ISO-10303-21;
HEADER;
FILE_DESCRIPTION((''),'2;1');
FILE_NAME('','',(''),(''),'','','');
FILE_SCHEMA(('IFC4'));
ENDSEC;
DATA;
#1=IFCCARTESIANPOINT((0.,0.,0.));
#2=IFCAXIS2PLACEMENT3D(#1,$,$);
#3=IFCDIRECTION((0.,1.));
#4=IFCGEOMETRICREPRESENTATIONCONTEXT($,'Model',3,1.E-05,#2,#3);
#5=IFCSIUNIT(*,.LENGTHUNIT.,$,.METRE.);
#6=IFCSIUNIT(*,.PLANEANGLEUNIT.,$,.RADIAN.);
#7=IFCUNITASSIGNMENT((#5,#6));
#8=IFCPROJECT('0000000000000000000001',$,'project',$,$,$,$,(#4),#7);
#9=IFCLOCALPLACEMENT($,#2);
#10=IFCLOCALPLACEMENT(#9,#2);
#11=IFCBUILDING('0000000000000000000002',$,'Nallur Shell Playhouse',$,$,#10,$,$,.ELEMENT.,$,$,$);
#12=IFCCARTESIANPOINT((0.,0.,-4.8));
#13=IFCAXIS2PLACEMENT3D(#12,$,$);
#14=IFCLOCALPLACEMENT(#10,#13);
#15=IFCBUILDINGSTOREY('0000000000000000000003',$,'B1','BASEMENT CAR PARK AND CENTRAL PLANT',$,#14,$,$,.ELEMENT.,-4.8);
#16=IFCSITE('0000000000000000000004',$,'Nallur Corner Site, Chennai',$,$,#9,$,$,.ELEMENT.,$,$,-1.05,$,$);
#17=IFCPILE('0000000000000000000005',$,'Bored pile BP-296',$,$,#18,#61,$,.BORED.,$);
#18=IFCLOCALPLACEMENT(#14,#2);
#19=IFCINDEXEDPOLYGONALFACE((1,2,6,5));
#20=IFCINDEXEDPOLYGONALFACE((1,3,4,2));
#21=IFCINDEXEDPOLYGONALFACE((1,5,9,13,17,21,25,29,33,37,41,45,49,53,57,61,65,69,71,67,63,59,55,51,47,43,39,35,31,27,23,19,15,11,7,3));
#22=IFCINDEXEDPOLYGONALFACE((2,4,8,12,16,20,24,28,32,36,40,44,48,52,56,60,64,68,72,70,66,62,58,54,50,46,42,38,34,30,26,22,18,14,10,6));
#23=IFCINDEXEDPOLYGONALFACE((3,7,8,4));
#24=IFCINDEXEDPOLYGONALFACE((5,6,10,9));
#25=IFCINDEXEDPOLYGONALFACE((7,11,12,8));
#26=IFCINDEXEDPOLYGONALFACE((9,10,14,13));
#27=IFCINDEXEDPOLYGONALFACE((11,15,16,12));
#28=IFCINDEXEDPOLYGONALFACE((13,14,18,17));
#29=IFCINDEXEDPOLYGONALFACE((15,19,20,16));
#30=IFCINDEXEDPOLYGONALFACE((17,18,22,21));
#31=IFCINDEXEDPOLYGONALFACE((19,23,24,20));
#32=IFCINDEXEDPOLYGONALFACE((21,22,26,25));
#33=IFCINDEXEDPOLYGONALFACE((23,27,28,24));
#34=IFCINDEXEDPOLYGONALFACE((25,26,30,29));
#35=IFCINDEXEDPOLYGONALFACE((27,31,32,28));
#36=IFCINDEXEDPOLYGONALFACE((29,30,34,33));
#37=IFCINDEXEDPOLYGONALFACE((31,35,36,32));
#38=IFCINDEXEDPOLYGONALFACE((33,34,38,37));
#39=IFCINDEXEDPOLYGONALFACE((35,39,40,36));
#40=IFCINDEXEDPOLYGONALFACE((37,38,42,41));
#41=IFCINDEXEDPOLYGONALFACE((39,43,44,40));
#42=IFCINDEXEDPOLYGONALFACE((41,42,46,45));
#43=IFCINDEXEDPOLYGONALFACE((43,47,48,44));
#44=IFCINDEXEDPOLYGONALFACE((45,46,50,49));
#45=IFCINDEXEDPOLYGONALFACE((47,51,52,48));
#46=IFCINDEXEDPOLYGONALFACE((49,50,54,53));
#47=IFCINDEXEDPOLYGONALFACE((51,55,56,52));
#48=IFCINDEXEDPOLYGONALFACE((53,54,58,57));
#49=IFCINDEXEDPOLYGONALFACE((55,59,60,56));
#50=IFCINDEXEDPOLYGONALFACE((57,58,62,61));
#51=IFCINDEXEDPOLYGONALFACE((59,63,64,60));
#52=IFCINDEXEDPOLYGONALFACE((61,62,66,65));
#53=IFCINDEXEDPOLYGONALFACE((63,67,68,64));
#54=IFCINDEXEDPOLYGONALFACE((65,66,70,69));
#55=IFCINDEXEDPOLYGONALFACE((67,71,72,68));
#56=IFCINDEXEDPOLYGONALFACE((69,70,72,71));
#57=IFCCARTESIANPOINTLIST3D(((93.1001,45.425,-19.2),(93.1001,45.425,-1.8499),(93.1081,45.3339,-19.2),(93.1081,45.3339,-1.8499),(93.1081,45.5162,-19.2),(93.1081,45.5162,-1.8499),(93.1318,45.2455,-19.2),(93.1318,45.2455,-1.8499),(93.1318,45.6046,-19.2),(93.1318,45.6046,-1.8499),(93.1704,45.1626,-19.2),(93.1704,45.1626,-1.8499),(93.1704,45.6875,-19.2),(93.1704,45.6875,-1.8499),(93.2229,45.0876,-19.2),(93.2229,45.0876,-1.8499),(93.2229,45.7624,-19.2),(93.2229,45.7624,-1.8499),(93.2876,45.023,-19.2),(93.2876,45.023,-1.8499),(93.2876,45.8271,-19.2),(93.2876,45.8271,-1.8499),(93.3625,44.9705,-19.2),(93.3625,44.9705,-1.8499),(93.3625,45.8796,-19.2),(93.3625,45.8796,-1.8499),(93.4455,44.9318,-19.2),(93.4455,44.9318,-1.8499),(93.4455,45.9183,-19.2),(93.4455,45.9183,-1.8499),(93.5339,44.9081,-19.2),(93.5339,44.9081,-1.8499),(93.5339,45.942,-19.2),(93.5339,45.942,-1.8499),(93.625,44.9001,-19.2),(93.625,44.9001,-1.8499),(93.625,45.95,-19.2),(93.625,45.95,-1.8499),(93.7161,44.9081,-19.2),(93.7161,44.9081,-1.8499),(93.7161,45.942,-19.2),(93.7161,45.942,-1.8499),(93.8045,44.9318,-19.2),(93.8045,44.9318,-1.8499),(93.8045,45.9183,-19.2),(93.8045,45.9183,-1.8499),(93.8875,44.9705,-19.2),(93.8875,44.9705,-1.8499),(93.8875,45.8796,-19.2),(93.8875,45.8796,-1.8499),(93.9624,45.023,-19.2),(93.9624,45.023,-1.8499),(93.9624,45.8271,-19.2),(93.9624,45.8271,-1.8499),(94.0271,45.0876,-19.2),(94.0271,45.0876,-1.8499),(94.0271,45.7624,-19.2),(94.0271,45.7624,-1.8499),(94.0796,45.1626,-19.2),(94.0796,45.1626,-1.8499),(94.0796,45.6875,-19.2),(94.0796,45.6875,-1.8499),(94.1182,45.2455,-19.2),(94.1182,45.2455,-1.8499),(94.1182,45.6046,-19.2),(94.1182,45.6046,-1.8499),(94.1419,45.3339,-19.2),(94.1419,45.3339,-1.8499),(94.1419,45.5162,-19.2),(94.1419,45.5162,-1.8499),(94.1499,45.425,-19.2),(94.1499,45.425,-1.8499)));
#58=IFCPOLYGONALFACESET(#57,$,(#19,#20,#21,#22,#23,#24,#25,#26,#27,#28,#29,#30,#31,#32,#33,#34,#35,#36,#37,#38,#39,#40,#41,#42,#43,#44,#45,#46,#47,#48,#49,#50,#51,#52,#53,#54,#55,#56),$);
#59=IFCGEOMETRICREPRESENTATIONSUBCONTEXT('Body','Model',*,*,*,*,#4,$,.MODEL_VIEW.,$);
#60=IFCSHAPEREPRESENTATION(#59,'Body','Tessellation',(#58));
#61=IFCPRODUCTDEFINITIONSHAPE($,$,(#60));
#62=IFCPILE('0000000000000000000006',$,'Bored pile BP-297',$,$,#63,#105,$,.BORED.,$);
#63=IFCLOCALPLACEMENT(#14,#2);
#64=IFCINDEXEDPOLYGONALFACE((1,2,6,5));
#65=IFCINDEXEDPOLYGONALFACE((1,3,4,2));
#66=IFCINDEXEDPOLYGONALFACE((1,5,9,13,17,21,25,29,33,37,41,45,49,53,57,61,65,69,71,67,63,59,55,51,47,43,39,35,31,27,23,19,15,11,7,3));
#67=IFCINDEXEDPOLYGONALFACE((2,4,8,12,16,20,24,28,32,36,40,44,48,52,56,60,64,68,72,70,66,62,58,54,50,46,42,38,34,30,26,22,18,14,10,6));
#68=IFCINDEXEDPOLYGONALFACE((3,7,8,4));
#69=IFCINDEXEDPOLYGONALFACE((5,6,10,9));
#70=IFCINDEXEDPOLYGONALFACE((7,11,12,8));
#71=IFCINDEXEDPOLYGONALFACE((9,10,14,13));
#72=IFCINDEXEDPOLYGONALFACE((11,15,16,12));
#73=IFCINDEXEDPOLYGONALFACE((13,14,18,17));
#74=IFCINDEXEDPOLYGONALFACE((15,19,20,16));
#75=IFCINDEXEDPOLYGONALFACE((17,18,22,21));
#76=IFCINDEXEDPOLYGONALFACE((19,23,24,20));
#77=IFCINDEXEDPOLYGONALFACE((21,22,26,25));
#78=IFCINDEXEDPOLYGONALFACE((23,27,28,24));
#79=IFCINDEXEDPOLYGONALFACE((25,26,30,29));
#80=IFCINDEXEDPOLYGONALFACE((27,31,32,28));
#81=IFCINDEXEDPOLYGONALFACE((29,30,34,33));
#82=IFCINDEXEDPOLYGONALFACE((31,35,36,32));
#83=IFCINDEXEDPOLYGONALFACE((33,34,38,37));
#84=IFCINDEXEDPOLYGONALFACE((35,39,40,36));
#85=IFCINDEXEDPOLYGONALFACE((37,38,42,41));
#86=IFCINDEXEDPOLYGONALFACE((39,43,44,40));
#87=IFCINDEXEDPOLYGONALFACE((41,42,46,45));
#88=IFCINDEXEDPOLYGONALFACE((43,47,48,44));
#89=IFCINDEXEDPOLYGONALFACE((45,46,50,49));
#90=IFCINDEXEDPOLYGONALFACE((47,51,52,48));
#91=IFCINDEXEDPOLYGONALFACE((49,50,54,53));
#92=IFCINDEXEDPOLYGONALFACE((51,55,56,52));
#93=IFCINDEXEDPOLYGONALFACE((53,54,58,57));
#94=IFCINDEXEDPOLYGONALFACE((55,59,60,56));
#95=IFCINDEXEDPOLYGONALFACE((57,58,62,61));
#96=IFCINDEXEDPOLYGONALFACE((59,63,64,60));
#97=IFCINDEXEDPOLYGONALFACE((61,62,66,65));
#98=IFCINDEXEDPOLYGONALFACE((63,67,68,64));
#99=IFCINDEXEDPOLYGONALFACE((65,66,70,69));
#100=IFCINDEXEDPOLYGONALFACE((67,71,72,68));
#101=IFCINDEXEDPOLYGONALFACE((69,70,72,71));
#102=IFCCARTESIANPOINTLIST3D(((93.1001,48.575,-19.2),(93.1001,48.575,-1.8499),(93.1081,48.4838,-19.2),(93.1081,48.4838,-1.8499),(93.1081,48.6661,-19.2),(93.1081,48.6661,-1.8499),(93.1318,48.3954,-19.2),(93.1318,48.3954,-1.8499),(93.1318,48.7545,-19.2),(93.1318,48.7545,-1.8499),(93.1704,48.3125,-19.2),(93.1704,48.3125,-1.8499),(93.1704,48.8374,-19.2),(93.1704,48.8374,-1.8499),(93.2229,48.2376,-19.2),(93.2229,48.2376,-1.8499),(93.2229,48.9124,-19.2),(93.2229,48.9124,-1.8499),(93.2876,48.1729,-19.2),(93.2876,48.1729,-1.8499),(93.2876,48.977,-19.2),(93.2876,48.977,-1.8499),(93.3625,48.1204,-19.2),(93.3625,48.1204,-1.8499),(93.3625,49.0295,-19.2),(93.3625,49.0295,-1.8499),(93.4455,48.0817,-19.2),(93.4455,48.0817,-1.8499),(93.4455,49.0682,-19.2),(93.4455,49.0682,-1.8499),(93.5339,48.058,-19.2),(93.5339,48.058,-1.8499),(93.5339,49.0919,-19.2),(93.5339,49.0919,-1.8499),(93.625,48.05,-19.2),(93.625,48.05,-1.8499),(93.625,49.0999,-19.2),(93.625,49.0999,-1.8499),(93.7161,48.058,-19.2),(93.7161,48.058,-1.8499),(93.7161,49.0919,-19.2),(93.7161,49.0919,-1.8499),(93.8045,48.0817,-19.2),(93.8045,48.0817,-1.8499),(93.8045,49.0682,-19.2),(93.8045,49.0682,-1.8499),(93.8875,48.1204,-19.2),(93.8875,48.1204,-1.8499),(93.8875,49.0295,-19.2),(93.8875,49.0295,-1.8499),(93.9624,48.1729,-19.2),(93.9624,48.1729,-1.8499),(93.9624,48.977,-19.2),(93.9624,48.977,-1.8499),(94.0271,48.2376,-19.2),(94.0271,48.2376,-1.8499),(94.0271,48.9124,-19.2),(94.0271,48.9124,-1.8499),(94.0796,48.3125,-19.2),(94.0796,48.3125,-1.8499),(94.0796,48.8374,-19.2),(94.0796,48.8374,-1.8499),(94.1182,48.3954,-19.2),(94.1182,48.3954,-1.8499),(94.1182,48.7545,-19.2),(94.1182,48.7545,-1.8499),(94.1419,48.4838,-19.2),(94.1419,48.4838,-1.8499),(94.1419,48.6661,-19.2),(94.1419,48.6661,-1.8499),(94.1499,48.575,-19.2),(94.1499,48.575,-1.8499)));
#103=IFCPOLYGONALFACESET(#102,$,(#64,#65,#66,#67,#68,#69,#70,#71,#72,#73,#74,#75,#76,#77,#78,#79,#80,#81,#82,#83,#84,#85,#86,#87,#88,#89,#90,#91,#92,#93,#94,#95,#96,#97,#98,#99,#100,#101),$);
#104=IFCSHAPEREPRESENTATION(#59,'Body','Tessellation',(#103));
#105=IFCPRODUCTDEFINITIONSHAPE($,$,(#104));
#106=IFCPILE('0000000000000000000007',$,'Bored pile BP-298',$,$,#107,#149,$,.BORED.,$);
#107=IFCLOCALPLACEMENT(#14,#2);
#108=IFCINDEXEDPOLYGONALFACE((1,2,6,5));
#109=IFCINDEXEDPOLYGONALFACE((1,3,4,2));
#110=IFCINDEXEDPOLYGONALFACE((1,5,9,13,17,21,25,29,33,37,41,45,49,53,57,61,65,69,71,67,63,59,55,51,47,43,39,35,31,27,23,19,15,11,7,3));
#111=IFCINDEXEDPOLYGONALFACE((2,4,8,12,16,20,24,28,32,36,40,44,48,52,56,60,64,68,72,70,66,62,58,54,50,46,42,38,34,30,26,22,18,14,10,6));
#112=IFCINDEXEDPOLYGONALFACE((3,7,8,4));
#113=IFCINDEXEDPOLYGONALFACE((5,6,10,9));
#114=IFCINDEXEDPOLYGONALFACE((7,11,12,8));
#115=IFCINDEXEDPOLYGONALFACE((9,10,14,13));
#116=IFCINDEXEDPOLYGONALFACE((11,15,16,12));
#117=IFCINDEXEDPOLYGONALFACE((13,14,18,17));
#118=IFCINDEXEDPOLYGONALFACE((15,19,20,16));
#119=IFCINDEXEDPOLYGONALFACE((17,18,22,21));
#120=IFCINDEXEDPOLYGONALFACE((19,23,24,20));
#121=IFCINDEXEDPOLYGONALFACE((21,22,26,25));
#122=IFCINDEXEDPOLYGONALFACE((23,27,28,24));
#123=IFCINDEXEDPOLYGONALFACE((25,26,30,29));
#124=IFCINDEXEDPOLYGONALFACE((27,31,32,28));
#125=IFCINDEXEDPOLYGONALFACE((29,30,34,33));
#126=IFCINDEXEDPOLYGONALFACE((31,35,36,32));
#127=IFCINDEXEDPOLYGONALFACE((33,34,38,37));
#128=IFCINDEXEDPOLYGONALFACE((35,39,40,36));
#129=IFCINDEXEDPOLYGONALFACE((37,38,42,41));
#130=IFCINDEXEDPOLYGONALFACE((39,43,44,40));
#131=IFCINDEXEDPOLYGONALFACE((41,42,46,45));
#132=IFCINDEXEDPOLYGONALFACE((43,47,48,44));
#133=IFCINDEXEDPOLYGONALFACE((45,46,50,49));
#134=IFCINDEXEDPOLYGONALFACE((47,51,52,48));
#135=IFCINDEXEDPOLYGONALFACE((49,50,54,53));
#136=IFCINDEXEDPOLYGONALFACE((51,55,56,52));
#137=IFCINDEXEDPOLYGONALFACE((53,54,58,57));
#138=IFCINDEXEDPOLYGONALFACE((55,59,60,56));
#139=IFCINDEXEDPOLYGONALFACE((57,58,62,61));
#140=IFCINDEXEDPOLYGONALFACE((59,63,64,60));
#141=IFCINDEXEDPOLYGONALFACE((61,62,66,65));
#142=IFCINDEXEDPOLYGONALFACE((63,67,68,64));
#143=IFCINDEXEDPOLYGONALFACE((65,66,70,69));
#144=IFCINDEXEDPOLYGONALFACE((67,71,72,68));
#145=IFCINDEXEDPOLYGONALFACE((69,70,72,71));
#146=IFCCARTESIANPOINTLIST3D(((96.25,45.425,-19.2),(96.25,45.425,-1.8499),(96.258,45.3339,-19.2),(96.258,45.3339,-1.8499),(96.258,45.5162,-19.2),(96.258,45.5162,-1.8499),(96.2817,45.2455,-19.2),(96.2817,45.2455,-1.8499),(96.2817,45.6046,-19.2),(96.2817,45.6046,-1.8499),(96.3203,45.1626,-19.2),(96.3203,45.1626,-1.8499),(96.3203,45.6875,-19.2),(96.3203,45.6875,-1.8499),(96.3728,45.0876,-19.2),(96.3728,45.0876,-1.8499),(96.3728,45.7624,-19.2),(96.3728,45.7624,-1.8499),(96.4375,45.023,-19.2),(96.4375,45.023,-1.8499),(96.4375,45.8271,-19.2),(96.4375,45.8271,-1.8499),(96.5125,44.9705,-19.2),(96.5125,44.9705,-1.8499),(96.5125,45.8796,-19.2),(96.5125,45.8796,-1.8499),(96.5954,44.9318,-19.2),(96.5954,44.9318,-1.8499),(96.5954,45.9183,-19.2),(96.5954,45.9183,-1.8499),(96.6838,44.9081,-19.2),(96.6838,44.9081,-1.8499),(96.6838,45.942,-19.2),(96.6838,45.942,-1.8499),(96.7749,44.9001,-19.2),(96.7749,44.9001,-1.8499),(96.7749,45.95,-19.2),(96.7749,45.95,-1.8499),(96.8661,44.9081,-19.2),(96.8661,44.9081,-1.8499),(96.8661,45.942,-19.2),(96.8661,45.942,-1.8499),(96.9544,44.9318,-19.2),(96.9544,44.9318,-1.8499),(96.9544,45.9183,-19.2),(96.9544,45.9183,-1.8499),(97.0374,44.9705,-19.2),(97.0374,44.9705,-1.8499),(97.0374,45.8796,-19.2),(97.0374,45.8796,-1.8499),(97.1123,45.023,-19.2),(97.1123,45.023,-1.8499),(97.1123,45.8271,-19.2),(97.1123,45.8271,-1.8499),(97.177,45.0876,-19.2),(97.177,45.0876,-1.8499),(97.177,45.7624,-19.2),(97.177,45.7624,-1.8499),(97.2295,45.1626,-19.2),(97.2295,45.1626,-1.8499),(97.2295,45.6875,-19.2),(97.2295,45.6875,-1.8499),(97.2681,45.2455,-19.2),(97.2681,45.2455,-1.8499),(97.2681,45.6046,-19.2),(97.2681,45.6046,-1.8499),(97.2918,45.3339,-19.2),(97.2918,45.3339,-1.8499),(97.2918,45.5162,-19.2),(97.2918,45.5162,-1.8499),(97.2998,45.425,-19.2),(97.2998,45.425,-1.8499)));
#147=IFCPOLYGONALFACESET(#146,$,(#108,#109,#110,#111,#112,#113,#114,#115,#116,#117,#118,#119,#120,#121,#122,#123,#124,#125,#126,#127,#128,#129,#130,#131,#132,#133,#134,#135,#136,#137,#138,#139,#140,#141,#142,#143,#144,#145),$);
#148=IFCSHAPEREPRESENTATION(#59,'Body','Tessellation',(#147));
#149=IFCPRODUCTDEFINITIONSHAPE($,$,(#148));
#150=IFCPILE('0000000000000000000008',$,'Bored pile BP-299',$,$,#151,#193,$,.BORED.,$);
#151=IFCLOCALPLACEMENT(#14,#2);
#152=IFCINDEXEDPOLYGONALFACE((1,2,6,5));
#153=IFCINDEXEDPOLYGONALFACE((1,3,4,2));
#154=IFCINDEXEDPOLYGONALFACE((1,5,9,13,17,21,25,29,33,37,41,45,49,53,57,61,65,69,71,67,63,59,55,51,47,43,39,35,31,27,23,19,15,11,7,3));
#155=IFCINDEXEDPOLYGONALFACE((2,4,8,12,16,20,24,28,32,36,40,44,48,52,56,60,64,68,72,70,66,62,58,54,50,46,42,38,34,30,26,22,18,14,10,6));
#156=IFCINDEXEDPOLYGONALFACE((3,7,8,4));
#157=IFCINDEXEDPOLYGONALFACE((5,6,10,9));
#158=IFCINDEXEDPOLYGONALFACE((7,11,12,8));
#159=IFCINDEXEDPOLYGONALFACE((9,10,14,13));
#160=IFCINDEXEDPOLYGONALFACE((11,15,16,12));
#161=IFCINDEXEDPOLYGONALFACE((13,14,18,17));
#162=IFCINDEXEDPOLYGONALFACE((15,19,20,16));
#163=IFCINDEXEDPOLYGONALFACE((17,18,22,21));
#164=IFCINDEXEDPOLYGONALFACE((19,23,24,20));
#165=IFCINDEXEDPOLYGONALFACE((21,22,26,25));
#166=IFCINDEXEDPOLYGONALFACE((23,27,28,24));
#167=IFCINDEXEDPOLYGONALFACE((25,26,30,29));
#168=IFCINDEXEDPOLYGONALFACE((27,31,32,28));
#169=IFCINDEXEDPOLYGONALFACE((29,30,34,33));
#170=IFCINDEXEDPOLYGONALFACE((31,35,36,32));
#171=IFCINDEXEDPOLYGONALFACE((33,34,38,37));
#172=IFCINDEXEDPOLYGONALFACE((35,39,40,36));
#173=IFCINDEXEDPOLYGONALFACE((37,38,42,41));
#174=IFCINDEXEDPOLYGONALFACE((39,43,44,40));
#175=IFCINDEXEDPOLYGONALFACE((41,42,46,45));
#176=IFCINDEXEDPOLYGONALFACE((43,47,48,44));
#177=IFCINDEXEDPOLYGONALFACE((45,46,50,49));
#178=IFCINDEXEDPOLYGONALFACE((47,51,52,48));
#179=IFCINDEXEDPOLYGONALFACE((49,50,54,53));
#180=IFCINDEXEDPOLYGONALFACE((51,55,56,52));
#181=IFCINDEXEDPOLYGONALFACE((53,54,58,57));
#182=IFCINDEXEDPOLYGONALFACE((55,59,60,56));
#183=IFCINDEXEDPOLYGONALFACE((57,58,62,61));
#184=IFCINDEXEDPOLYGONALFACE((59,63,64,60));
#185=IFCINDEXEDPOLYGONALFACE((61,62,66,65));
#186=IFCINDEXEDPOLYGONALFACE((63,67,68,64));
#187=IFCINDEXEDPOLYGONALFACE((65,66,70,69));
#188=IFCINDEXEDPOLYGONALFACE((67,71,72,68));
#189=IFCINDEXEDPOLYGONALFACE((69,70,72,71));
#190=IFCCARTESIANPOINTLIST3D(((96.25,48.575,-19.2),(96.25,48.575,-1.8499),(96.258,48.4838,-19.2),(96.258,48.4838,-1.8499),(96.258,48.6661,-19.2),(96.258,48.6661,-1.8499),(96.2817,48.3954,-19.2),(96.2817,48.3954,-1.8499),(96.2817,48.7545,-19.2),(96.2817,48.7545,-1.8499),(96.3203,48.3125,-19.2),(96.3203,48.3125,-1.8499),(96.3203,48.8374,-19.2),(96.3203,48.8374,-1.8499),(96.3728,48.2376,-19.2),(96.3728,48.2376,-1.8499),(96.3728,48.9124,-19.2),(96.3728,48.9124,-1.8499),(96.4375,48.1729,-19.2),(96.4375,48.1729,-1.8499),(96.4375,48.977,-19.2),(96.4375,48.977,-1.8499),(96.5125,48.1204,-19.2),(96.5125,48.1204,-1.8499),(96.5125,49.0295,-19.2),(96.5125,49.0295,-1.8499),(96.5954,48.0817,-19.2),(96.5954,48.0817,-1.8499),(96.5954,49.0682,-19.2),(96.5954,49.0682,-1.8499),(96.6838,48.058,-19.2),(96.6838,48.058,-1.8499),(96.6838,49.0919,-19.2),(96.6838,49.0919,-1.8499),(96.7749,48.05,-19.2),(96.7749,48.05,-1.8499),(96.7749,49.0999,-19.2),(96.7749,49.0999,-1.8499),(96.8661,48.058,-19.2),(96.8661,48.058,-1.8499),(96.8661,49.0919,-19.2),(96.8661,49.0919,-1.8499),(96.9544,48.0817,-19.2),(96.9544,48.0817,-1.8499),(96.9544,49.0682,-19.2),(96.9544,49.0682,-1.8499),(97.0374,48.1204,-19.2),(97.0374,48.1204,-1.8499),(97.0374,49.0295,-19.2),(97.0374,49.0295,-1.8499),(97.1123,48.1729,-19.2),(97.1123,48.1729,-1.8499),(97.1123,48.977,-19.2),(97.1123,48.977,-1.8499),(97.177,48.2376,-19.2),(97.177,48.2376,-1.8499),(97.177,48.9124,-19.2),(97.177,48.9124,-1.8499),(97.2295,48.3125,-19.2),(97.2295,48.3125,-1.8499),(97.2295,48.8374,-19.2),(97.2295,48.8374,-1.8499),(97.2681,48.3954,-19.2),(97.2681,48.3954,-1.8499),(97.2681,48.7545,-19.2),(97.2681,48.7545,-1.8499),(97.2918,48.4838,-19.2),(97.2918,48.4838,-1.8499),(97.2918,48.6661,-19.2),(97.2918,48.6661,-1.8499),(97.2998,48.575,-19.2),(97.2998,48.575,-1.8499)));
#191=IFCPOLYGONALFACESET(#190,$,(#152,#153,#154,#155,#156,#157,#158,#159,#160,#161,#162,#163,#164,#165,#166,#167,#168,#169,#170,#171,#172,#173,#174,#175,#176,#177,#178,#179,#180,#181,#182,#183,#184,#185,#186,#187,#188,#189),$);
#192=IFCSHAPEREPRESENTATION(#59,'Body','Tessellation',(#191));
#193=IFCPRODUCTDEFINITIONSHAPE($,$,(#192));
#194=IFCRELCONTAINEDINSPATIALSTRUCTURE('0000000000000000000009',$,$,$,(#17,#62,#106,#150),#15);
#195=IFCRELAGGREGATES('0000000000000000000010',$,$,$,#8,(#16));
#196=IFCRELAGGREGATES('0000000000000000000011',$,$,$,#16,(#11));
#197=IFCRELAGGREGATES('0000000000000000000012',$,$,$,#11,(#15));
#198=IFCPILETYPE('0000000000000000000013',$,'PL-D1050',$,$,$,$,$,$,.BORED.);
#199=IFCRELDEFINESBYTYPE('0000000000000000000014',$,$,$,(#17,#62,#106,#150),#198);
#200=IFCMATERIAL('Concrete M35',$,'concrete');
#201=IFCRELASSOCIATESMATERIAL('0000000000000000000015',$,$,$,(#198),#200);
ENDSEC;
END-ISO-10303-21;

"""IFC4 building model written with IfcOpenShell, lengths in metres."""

from ifc_helpers import new_model, si_unit, direction, frame, origin, origin_2d, place, context, subcontext, project, spatial, circle, extrude, material, material_profile, profile_set, type_object, element, save


model = new_model("IFC4")

# Units and contexts
model_context = context("Model", 3, precision=1e-05, world=origin(), true_north=direction((0.0, 1.0)))
body_context = subcontext(model_context, "Body", "Model", "MODEL_VIEW")
ifc_project = project(units=[si_unit("LENGTHUNIT", "METRE"), si_unit("PLANEANGLEUNIT", "RADIAN")], contexts=[model_context])

# Site, building, storey
site_placement = place(None, origin())
site = spatial("IfcSite", under=ifc_project, at=site_placement, Name="Nallur Corner Site, Chennai", CompositionType="ELEMENT", RefElevation=-1.05)
building_placement = place(site_placement, origin())
building = spatial("IfcBuilding", under=site, at=building_placement, Name="Nallur Shell Playhouse", CompositionType="ELEMENT")
storey_placement = place(building_placement, frame((0.0, 0.0, -4.8)))
storey = spatial("IfcBuildingStorey", under=building, at=storey_placement, Name="B1", Description="BASEMENT CAR PARK AND CENTRAL PLANT", CompositionType="ELEMENT", Elevation=-4.8)

# Shared definitions
ifc_material_1 = material(Name="Concrete M35", Category="concrete")

# Piles
ifc_material_profile_1 = material_profile(ifc_material_1, circle(Radius=0.5249, at=origin_2d()), Name="BORED PILE D1050")
ifc_profile_set_1 = profile_set([ifc_material_profile_1], Name="Concrete M35")
pile_type_1 = type_object("IfcPileType", Name="PL-D1050", PredefinedType="BORED", material=ifc_profile_set_1)
for number, where, z_axis, x_axis, name in (
    (1, (93.625, 45.425, -1.8499), (0.0, 0.0, -1.0), (1.0, 0.0, 0.0), "Bored pile BP-296"),
    (2, (93.625, 48.575, -1.8499), (0.0, 0.0, -1.0), (1.0, 0.0, 0.0), "Bored pile BP-297"),
    (3, (96.7749, 45.425, -1.8499), (0.0, 0.0, -1.0), (1.0, 0.0, 0.0), "Bored pile BP-298"),
    (4, (96.7749, 48.575, -1.8499), (0.0, 0.0, -1.0), (1.0, 0.0, 0.0), "Bored pile BP-299"),
):
    element("IfcPile", number, at=place(storey_placement, frame(where, z_axis=z_axis, x_axis=x_axis)), inside=storey, type_object=pile_type_1, Name=name, PredefinedType="BORED", context=body_context, shape_type="SweptSolid", body=[
        extrude(circle(Radius=0.5249, at=origin_2d()), origin(), (0.0, 0.0, 1.0), 17.3501),
    ])

save(model, "model.ifc")
